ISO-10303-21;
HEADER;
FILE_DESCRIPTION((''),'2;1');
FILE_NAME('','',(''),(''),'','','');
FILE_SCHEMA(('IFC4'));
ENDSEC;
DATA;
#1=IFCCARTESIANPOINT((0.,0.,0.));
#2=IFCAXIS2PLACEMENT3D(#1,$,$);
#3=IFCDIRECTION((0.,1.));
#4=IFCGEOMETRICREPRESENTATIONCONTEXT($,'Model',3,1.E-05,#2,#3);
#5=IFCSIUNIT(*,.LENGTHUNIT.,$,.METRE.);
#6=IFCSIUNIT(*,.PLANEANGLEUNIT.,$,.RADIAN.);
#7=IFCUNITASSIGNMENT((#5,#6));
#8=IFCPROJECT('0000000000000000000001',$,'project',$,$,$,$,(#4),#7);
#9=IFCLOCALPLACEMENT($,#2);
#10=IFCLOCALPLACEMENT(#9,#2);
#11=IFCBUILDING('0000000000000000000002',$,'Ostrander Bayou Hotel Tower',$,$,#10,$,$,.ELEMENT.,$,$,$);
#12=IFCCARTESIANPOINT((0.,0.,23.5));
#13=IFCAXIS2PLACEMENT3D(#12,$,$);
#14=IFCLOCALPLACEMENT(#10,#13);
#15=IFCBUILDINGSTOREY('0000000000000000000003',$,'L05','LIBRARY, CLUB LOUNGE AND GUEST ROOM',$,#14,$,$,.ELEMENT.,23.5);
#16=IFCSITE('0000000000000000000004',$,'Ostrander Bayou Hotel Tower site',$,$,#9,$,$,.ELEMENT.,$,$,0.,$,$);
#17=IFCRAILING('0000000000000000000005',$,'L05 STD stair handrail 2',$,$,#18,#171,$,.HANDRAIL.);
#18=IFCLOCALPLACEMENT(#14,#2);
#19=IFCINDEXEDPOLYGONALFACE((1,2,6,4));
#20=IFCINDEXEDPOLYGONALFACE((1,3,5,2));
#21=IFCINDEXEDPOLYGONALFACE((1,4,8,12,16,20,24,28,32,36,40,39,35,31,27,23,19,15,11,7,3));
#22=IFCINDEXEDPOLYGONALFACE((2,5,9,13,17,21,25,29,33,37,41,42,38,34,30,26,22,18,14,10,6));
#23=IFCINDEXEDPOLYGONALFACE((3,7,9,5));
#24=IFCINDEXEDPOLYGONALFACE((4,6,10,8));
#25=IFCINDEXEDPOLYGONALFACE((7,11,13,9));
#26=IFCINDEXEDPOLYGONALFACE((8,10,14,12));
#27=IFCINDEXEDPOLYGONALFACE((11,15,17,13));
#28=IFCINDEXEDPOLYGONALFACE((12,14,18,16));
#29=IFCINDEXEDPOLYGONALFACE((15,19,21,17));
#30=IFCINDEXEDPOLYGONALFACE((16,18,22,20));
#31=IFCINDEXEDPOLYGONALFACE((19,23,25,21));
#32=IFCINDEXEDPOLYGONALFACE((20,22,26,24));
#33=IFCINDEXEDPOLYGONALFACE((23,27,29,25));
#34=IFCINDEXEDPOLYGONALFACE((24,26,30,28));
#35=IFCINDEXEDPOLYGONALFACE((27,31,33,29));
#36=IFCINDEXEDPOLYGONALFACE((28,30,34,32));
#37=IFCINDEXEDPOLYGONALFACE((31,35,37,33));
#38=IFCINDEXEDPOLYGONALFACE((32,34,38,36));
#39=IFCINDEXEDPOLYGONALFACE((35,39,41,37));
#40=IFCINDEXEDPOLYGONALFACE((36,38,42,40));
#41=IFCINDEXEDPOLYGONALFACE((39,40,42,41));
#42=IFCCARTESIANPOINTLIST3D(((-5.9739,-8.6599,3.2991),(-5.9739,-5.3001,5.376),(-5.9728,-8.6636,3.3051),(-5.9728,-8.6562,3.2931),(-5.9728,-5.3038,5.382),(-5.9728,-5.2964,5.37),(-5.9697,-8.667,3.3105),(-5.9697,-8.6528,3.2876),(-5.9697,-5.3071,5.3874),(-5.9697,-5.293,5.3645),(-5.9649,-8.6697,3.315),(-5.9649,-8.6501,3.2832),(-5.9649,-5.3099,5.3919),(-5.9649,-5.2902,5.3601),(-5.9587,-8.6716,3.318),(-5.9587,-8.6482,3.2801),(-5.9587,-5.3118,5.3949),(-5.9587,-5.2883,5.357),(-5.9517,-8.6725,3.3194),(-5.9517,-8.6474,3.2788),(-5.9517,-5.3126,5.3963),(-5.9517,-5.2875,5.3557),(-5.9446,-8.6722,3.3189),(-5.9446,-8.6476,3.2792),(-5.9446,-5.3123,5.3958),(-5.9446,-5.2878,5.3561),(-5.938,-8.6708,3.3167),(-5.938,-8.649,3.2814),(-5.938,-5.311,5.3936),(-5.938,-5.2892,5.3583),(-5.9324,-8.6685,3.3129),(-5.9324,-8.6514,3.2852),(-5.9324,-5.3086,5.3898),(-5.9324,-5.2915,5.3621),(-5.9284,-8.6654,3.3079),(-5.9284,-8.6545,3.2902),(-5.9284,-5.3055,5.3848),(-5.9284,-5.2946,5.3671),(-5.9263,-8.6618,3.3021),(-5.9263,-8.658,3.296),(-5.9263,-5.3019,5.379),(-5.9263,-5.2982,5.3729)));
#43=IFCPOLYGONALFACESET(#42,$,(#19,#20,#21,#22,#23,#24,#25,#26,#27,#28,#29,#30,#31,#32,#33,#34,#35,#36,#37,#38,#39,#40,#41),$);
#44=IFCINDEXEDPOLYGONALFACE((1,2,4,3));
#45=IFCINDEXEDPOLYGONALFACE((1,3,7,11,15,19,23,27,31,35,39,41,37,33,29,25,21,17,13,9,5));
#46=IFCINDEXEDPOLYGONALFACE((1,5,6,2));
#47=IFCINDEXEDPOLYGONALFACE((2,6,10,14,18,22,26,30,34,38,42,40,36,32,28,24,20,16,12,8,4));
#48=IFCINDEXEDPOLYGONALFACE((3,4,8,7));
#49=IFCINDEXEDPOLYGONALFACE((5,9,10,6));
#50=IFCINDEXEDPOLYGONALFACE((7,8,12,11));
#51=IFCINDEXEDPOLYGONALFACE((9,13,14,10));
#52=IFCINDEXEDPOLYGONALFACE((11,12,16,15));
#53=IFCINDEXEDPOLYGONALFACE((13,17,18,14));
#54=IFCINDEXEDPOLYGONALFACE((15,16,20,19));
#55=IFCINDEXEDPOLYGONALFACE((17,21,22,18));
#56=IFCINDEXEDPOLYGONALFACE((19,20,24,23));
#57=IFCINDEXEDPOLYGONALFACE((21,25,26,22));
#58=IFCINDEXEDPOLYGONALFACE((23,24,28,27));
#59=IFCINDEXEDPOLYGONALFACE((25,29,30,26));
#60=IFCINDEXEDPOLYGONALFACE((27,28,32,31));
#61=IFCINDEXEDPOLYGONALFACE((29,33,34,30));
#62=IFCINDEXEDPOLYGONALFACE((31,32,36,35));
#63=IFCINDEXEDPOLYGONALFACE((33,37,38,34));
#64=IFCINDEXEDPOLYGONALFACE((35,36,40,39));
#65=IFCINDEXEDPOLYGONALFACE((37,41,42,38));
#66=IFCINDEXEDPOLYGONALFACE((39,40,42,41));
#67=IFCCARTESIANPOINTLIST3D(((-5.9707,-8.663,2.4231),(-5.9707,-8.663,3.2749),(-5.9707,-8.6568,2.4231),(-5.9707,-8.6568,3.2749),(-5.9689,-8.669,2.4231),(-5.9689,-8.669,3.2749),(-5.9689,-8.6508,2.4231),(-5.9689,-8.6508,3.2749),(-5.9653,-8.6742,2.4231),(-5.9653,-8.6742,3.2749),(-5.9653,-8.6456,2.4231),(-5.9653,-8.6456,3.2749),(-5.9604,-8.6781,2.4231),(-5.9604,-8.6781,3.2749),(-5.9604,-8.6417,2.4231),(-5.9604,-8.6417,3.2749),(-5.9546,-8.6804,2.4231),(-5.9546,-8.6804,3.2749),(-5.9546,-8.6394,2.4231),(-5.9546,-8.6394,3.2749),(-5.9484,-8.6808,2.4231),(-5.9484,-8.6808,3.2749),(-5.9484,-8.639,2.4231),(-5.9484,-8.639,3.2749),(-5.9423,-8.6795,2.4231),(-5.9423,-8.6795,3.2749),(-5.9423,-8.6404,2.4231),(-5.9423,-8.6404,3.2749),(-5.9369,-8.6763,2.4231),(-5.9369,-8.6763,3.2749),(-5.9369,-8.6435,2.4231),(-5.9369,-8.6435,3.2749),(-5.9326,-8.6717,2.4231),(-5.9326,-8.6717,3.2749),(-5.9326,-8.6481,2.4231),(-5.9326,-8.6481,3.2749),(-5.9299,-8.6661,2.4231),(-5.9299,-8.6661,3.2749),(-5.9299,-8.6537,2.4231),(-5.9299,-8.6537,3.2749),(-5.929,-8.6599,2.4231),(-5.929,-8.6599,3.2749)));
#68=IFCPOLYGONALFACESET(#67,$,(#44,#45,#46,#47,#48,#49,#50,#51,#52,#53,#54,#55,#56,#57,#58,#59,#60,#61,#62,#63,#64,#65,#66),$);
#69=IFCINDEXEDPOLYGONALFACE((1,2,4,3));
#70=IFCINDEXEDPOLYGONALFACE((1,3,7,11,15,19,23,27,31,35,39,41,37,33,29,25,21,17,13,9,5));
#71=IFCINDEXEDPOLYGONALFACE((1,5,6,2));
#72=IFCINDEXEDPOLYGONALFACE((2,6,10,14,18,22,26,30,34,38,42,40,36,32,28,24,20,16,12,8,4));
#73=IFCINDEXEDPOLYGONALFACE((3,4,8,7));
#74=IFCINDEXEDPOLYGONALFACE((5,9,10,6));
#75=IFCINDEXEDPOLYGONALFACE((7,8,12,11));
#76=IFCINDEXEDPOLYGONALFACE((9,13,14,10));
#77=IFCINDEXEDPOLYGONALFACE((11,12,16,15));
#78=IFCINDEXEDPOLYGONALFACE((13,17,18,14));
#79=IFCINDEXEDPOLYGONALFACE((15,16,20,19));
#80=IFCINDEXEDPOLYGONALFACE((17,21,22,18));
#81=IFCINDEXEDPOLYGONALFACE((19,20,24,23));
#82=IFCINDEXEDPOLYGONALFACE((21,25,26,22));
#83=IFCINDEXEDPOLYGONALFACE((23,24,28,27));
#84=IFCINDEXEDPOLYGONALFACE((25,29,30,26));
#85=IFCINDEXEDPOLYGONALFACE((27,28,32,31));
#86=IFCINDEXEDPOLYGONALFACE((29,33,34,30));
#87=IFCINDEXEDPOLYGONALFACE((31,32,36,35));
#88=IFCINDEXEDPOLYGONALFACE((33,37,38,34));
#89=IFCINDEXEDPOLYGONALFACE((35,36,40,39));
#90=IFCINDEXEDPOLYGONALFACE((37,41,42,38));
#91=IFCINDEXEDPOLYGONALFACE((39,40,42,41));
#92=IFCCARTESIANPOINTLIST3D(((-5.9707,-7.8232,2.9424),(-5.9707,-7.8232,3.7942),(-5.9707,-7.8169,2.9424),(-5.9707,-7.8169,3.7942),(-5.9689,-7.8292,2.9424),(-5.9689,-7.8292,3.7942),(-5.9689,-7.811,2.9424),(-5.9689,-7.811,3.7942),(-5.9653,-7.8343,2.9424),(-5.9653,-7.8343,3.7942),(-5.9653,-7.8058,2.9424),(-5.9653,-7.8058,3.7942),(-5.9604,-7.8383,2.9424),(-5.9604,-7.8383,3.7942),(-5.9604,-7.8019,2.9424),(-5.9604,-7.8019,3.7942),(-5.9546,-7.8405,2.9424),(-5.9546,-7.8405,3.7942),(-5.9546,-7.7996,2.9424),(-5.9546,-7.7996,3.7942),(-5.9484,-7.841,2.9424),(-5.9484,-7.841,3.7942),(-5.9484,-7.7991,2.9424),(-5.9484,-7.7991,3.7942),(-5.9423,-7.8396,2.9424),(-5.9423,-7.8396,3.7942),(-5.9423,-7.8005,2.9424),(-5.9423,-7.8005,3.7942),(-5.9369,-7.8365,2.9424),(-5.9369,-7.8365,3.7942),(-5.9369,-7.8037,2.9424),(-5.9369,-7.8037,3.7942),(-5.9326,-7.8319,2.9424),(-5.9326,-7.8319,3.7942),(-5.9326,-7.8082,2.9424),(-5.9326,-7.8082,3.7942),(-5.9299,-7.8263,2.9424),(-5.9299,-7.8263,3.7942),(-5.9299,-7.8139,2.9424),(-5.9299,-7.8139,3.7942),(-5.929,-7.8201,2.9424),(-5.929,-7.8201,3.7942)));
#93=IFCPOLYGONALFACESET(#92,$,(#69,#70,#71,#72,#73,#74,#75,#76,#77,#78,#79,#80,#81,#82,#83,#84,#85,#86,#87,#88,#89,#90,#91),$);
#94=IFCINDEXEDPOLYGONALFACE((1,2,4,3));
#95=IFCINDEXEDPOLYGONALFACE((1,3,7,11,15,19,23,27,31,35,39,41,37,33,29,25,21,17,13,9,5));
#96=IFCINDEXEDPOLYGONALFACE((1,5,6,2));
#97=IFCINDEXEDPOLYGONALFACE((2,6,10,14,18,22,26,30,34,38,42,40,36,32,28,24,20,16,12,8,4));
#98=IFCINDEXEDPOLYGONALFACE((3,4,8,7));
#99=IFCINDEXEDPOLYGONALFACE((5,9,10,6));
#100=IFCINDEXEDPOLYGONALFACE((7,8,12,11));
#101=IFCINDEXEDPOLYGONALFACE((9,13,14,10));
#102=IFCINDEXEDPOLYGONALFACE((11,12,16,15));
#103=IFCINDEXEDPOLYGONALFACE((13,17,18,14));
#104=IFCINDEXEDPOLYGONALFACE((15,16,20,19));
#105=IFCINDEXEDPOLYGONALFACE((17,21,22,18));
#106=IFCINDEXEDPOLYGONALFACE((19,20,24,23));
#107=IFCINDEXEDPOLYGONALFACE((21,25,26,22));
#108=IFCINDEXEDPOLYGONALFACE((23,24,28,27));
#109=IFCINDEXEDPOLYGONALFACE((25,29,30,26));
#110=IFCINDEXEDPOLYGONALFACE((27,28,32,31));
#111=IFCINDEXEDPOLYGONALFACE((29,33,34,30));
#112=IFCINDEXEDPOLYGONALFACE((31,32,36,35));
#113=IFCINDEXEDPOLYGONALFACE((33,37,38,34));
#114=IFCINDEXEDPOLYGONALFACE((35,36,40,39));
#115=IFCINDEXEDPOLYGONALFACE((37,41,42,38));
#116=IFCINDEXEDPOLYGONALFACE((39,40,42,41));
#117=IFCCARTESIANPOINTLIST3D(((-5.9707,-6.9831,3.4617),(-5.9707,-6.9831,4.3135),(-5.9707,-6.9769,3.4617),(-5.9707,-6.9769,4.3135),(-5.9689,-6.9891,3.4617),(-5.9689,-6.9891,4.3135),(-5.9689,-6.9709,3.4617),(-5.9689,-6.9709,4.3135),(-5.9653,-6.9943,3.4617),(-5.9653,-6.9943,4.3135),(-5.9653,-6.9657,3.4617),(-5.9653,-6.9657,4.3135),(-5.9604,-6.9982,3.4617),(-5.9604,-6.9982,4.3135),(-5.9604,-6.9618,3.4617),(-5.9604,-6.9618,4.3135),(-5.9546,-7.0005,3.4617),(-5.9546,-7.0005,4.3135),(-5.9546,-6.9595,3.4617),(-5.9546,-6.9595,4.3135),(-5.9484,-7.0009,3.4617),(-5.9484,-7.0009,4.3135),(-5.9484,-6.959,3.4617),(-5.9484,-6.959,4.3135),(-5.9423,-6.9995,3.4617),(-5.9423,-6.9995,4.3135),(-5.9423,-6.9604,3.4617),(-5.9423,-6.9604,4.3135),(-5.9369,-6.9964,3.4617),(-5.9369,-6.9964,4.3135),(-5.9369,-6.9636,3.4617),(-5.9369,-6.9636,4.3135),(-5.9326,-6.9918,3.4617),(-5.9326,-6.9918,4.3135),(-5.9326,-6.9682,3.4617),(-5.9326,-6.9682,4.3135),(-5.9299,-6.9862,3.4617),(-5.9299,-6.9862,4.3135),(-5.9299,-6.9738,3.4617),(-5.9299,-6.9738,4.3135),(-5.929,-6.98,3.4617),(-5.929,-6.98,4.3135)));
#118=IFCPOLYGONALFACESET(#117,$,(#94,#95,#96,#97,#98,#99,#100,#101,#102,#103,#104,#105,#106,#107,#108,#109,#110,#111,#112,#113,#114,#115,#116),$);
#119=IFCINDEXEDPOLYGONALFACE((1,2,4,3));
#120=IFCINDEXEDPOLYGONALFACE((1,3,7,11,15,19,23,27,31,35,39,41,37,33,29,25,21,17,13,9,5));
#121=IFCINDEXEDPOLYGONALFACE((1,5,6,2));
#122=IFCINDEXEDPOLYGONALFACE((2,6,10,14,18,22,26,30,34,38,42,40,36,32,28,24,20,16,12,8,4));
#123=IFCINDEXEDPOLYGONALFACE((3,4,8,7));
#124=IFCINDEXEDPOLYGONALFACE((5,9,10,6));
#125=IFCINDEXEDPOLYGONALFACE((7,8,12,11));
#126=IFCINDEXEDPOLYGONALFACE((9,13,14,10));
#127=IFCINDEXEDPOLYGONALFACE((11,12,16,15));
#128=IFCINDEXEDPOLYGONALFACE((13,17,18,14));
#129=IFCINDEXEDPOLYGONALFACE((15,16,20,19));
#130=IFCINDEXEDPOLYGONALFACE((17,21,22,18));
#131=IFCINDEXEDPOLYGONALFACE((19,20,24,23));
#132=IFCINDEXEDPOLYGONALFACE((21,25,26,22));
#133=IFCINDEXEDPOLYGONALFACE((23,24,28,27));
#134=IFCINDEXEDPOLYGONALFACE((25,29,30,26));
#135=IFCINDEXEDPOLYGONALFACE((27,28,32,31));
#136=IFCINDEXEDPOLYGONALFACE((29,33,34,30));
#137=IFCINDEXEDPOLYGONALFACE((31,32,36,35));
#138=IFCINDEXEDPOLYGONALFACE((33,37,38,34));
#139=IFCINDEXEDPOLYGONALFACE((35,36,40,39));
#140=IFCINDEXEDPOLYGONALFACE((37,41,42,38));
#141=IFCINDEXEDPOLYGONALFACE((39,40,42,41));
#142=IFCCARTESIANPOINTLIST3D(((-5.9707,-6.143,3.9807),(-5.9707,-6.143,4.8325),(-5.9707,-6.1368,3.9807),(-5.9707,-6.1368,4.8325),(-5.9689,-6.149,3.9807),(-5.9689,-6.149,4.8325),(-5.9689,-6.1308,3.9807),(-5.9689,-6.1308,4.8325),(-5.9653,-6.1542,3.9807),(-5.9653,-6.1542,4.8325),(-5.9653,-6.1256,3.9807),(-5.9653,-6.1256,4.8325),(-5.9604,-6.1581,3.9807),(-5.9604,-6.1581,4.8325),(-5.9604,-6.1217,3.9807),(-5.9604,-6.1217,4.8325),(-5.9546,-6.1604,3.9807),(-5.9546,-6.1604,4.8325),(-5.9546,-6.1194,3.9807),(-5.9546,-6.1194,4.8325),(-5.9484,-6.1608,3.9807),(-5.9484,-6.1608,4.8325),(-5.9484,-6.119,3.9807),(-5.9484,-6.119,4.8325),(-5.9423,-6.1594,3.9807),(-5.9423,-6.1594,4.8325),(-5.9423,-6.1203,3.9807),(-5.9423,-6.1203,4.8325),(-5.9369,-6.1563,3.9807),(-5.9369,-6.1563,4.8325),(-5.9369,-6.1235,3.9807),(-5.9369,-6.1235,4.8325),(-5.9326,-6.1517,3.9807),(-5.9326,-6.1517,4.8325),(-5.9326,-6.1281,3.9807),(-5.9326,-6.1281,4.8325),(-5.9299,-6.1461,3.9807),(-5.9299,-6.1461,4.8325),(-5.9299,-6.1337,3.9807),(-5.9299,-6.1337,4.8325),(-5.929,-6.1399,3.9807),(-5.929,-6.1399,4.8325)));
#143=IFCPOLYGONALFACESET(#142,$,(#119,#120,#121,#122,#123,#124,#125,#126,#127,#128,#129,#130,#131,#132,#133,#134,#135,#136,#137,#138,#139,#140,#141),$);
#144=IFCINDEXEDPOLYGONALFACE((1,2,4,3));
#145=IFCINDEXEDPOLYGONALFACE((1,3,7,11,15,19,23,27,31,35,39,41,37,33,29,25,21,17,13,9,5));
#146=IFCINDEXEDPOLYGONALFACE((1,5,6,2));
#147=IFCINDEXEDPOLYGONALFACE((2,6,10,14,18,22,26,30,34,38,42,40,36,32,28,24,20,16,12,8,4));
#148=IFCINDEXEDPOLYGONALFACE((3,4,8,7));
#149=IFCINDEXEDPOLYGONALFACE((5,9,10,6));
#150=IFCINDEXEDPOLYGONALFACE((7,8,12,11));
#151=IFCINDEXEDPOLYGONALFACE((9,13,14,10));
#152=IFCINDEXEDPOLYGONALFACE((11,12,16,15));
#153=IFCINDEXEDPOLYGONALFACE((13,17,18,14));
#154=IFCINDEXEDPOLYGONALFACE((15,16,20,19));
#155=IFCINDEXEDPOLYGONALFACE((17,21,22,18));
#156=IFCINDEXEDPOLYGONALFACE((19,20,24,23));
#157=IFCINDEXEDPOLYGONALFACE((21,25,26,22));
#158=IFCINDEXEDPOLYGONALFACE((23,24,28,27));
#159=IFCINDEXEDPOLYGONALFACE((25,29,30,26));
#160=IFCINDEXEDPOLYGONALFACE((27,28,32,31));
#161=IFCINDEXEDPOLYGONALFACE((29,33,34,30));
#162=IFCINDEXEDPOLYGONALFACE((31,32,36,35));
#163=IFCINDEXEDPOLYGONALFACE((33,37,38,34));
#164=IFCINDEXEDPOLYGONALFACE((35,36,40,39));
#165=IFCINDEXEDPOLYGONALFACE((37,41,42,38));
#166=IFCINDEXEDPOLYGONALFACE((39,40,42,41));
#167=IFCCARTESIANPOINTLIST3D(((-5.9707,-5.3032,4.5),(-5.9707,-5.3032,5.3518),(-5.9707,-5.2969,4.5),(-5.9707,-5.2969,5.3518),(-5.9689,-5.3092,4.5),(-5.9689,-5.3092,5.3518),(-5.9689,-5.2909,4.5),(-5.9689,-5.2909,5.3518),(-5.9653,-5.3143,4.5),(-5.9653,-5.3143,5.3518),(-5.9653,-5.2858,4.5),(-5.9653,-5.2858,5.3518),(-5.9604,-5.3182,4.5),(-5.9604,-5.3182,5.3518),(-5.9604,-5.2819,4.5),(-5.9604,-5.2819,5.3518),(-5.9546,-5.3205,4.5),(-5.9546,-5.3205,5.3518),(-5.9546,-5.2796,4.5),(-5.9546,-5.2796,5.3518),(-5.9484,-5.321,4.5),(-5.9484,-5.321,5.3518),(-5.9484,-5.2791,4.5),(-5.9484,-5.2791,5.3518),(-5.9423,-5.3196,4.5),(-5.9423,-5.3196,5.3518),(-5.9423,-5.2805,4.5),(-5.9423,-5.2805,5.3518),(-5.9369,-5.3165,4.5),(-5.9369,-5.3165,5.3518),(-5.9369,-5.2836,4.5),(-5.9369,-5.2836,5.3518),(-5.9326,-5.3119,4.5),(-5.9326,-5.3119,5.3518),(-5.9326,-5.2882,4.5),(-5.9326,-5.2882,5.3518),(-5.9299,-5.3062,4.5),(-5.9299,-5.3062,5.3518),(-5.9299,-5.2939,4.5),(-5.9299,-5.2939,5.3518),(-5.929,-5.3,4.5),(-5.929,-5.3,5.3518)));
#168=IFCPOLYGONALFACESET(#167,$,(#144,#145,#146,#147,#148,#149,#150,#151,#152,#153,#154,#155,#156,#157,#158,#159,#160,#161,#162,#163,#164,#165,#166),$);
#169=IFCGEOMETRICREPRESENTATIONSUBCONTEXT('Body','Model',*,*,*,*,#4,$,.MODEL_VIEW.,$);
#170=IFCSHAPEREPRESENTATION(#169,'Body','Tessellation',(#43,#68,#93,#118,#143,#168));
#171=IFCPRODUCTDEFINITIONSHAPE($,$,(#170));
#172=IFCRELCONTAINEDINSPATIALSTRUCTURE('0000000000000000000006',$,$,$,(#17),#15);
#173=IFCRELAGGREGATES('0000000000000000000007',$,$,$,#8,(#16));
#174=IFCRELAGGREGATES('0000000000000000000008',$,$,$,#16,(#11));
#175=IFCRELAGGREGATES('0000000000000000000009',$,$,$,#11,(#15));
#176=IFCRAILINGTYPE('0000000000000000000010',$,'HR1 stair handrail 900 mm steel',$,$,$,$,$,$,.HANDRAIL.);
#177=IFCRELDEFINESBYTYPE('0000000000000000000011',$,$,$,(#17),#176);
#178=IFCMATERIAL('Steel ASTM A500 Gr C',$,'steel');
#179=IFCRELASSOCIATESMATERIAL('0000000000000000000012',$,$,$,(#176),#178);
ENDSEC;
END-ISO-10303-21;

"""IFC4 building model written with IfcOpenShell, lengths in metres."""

from ifc_helpers import new_model, si_unit, direction, frame, origin, origin_2d, place, context, subcontext, project, spatial, circle, extrude, material, type_object, element, save


model = new_model("IFC4")

# Units and contexts
model_context = context("Model", 3, precision=1e-05, world=origin(), true_north=direction((0.0, 1.0)))
body_context = subcontext(model_context, "Body", "Model", "MODEL_VIEW")
ifc_project = project(units=[si_unit("LENGTHUNIT", "METRE"), si_unit("PLANEANGLEUNIT", "RADIAN")], contexts=[model_context])

# Site, building, storey
site_placement = place(None, origin())
site = spatial("IfcSite", under=ifc_project, at=site_placement, Name="Ostrander Bayou Hotel Tower site", CompositionType="ELEMENT", RefElevation=0.0)
building_placement = place(site_placement, origin())
building = spatial("IfcBuilding", under=site, at=building_placement, Name="Ostrander Bayou Hotel Tower", CompositionType="ELEMENT")
storey_placement = place(building_placement, frame((0.0, 0.0, 23.5)))
storey = spatial("IfcBuildingStorey", under=building, at=storey_placement, Name="L05", Description="LIBRARY, CLUB LOUNGE AND GUEST ROOM", CompositionType="ELEMENT", Elevation=23.5)

# Railing
ifc_material_1 = material(Name="Steel ASTM A500 Gr C", Category="steel")
railing_type_1 = type_object("IfcRailingType", Name="HR1 stair handrail 900 mm steel", PredefinedType="HANDRAIL", material=ifc_material_1)
railing_1_placement = place(storey_placement, frame((-5.95, -8.6599, 2.4231)))
element("IfcRailing", 1, at=railing_1_placement, inside=storey, type_object=railing_type_1, Name="L05 STD stair handrail 2", PredefinedType="HANDRAIL", context=body_context, shape_type="SweptSolid", body=[
    extrude(circle(Radius=0.0239, at=origin_2d()), frame((0.0, 0.0, 0.876), z_axis=(0.0, 0.850606, 0.525803), x_axis=(-1.0, 0.0, 0.0)), (0.0, 0.0, 1.0), 3.95),
    extrude(circle(Radius=0.021, at=origin_2d()), origin(), (0.0, 0.0, 1.0), 0.8518),
    extrude(circle(Radius=0.021, at=origin_2d()), frame((0.0, 0.8398, 0.5193)), (0.0, 0.0, 1.0), 0.8518),
    extrude(circle(Radius=0.021, at=origin_2d()), frame((0.0, 1.6799, 1.0386)), (0.0, 0.0, 1.0), 0.8518),
    extrude(circle(Radius=0.021, at=origin_2d()), frame((0.0, 2.52, 1.5576)), (0.0, 0.0, 1.0), 0.8518),
    extrude(circle(Radius=0.021, at=origin_2d()), frame((0.0, 3.3599, 2.0769)), (0.0, 0.0, 1.0), 0.8518),
])

save(model, "model.ifc")
